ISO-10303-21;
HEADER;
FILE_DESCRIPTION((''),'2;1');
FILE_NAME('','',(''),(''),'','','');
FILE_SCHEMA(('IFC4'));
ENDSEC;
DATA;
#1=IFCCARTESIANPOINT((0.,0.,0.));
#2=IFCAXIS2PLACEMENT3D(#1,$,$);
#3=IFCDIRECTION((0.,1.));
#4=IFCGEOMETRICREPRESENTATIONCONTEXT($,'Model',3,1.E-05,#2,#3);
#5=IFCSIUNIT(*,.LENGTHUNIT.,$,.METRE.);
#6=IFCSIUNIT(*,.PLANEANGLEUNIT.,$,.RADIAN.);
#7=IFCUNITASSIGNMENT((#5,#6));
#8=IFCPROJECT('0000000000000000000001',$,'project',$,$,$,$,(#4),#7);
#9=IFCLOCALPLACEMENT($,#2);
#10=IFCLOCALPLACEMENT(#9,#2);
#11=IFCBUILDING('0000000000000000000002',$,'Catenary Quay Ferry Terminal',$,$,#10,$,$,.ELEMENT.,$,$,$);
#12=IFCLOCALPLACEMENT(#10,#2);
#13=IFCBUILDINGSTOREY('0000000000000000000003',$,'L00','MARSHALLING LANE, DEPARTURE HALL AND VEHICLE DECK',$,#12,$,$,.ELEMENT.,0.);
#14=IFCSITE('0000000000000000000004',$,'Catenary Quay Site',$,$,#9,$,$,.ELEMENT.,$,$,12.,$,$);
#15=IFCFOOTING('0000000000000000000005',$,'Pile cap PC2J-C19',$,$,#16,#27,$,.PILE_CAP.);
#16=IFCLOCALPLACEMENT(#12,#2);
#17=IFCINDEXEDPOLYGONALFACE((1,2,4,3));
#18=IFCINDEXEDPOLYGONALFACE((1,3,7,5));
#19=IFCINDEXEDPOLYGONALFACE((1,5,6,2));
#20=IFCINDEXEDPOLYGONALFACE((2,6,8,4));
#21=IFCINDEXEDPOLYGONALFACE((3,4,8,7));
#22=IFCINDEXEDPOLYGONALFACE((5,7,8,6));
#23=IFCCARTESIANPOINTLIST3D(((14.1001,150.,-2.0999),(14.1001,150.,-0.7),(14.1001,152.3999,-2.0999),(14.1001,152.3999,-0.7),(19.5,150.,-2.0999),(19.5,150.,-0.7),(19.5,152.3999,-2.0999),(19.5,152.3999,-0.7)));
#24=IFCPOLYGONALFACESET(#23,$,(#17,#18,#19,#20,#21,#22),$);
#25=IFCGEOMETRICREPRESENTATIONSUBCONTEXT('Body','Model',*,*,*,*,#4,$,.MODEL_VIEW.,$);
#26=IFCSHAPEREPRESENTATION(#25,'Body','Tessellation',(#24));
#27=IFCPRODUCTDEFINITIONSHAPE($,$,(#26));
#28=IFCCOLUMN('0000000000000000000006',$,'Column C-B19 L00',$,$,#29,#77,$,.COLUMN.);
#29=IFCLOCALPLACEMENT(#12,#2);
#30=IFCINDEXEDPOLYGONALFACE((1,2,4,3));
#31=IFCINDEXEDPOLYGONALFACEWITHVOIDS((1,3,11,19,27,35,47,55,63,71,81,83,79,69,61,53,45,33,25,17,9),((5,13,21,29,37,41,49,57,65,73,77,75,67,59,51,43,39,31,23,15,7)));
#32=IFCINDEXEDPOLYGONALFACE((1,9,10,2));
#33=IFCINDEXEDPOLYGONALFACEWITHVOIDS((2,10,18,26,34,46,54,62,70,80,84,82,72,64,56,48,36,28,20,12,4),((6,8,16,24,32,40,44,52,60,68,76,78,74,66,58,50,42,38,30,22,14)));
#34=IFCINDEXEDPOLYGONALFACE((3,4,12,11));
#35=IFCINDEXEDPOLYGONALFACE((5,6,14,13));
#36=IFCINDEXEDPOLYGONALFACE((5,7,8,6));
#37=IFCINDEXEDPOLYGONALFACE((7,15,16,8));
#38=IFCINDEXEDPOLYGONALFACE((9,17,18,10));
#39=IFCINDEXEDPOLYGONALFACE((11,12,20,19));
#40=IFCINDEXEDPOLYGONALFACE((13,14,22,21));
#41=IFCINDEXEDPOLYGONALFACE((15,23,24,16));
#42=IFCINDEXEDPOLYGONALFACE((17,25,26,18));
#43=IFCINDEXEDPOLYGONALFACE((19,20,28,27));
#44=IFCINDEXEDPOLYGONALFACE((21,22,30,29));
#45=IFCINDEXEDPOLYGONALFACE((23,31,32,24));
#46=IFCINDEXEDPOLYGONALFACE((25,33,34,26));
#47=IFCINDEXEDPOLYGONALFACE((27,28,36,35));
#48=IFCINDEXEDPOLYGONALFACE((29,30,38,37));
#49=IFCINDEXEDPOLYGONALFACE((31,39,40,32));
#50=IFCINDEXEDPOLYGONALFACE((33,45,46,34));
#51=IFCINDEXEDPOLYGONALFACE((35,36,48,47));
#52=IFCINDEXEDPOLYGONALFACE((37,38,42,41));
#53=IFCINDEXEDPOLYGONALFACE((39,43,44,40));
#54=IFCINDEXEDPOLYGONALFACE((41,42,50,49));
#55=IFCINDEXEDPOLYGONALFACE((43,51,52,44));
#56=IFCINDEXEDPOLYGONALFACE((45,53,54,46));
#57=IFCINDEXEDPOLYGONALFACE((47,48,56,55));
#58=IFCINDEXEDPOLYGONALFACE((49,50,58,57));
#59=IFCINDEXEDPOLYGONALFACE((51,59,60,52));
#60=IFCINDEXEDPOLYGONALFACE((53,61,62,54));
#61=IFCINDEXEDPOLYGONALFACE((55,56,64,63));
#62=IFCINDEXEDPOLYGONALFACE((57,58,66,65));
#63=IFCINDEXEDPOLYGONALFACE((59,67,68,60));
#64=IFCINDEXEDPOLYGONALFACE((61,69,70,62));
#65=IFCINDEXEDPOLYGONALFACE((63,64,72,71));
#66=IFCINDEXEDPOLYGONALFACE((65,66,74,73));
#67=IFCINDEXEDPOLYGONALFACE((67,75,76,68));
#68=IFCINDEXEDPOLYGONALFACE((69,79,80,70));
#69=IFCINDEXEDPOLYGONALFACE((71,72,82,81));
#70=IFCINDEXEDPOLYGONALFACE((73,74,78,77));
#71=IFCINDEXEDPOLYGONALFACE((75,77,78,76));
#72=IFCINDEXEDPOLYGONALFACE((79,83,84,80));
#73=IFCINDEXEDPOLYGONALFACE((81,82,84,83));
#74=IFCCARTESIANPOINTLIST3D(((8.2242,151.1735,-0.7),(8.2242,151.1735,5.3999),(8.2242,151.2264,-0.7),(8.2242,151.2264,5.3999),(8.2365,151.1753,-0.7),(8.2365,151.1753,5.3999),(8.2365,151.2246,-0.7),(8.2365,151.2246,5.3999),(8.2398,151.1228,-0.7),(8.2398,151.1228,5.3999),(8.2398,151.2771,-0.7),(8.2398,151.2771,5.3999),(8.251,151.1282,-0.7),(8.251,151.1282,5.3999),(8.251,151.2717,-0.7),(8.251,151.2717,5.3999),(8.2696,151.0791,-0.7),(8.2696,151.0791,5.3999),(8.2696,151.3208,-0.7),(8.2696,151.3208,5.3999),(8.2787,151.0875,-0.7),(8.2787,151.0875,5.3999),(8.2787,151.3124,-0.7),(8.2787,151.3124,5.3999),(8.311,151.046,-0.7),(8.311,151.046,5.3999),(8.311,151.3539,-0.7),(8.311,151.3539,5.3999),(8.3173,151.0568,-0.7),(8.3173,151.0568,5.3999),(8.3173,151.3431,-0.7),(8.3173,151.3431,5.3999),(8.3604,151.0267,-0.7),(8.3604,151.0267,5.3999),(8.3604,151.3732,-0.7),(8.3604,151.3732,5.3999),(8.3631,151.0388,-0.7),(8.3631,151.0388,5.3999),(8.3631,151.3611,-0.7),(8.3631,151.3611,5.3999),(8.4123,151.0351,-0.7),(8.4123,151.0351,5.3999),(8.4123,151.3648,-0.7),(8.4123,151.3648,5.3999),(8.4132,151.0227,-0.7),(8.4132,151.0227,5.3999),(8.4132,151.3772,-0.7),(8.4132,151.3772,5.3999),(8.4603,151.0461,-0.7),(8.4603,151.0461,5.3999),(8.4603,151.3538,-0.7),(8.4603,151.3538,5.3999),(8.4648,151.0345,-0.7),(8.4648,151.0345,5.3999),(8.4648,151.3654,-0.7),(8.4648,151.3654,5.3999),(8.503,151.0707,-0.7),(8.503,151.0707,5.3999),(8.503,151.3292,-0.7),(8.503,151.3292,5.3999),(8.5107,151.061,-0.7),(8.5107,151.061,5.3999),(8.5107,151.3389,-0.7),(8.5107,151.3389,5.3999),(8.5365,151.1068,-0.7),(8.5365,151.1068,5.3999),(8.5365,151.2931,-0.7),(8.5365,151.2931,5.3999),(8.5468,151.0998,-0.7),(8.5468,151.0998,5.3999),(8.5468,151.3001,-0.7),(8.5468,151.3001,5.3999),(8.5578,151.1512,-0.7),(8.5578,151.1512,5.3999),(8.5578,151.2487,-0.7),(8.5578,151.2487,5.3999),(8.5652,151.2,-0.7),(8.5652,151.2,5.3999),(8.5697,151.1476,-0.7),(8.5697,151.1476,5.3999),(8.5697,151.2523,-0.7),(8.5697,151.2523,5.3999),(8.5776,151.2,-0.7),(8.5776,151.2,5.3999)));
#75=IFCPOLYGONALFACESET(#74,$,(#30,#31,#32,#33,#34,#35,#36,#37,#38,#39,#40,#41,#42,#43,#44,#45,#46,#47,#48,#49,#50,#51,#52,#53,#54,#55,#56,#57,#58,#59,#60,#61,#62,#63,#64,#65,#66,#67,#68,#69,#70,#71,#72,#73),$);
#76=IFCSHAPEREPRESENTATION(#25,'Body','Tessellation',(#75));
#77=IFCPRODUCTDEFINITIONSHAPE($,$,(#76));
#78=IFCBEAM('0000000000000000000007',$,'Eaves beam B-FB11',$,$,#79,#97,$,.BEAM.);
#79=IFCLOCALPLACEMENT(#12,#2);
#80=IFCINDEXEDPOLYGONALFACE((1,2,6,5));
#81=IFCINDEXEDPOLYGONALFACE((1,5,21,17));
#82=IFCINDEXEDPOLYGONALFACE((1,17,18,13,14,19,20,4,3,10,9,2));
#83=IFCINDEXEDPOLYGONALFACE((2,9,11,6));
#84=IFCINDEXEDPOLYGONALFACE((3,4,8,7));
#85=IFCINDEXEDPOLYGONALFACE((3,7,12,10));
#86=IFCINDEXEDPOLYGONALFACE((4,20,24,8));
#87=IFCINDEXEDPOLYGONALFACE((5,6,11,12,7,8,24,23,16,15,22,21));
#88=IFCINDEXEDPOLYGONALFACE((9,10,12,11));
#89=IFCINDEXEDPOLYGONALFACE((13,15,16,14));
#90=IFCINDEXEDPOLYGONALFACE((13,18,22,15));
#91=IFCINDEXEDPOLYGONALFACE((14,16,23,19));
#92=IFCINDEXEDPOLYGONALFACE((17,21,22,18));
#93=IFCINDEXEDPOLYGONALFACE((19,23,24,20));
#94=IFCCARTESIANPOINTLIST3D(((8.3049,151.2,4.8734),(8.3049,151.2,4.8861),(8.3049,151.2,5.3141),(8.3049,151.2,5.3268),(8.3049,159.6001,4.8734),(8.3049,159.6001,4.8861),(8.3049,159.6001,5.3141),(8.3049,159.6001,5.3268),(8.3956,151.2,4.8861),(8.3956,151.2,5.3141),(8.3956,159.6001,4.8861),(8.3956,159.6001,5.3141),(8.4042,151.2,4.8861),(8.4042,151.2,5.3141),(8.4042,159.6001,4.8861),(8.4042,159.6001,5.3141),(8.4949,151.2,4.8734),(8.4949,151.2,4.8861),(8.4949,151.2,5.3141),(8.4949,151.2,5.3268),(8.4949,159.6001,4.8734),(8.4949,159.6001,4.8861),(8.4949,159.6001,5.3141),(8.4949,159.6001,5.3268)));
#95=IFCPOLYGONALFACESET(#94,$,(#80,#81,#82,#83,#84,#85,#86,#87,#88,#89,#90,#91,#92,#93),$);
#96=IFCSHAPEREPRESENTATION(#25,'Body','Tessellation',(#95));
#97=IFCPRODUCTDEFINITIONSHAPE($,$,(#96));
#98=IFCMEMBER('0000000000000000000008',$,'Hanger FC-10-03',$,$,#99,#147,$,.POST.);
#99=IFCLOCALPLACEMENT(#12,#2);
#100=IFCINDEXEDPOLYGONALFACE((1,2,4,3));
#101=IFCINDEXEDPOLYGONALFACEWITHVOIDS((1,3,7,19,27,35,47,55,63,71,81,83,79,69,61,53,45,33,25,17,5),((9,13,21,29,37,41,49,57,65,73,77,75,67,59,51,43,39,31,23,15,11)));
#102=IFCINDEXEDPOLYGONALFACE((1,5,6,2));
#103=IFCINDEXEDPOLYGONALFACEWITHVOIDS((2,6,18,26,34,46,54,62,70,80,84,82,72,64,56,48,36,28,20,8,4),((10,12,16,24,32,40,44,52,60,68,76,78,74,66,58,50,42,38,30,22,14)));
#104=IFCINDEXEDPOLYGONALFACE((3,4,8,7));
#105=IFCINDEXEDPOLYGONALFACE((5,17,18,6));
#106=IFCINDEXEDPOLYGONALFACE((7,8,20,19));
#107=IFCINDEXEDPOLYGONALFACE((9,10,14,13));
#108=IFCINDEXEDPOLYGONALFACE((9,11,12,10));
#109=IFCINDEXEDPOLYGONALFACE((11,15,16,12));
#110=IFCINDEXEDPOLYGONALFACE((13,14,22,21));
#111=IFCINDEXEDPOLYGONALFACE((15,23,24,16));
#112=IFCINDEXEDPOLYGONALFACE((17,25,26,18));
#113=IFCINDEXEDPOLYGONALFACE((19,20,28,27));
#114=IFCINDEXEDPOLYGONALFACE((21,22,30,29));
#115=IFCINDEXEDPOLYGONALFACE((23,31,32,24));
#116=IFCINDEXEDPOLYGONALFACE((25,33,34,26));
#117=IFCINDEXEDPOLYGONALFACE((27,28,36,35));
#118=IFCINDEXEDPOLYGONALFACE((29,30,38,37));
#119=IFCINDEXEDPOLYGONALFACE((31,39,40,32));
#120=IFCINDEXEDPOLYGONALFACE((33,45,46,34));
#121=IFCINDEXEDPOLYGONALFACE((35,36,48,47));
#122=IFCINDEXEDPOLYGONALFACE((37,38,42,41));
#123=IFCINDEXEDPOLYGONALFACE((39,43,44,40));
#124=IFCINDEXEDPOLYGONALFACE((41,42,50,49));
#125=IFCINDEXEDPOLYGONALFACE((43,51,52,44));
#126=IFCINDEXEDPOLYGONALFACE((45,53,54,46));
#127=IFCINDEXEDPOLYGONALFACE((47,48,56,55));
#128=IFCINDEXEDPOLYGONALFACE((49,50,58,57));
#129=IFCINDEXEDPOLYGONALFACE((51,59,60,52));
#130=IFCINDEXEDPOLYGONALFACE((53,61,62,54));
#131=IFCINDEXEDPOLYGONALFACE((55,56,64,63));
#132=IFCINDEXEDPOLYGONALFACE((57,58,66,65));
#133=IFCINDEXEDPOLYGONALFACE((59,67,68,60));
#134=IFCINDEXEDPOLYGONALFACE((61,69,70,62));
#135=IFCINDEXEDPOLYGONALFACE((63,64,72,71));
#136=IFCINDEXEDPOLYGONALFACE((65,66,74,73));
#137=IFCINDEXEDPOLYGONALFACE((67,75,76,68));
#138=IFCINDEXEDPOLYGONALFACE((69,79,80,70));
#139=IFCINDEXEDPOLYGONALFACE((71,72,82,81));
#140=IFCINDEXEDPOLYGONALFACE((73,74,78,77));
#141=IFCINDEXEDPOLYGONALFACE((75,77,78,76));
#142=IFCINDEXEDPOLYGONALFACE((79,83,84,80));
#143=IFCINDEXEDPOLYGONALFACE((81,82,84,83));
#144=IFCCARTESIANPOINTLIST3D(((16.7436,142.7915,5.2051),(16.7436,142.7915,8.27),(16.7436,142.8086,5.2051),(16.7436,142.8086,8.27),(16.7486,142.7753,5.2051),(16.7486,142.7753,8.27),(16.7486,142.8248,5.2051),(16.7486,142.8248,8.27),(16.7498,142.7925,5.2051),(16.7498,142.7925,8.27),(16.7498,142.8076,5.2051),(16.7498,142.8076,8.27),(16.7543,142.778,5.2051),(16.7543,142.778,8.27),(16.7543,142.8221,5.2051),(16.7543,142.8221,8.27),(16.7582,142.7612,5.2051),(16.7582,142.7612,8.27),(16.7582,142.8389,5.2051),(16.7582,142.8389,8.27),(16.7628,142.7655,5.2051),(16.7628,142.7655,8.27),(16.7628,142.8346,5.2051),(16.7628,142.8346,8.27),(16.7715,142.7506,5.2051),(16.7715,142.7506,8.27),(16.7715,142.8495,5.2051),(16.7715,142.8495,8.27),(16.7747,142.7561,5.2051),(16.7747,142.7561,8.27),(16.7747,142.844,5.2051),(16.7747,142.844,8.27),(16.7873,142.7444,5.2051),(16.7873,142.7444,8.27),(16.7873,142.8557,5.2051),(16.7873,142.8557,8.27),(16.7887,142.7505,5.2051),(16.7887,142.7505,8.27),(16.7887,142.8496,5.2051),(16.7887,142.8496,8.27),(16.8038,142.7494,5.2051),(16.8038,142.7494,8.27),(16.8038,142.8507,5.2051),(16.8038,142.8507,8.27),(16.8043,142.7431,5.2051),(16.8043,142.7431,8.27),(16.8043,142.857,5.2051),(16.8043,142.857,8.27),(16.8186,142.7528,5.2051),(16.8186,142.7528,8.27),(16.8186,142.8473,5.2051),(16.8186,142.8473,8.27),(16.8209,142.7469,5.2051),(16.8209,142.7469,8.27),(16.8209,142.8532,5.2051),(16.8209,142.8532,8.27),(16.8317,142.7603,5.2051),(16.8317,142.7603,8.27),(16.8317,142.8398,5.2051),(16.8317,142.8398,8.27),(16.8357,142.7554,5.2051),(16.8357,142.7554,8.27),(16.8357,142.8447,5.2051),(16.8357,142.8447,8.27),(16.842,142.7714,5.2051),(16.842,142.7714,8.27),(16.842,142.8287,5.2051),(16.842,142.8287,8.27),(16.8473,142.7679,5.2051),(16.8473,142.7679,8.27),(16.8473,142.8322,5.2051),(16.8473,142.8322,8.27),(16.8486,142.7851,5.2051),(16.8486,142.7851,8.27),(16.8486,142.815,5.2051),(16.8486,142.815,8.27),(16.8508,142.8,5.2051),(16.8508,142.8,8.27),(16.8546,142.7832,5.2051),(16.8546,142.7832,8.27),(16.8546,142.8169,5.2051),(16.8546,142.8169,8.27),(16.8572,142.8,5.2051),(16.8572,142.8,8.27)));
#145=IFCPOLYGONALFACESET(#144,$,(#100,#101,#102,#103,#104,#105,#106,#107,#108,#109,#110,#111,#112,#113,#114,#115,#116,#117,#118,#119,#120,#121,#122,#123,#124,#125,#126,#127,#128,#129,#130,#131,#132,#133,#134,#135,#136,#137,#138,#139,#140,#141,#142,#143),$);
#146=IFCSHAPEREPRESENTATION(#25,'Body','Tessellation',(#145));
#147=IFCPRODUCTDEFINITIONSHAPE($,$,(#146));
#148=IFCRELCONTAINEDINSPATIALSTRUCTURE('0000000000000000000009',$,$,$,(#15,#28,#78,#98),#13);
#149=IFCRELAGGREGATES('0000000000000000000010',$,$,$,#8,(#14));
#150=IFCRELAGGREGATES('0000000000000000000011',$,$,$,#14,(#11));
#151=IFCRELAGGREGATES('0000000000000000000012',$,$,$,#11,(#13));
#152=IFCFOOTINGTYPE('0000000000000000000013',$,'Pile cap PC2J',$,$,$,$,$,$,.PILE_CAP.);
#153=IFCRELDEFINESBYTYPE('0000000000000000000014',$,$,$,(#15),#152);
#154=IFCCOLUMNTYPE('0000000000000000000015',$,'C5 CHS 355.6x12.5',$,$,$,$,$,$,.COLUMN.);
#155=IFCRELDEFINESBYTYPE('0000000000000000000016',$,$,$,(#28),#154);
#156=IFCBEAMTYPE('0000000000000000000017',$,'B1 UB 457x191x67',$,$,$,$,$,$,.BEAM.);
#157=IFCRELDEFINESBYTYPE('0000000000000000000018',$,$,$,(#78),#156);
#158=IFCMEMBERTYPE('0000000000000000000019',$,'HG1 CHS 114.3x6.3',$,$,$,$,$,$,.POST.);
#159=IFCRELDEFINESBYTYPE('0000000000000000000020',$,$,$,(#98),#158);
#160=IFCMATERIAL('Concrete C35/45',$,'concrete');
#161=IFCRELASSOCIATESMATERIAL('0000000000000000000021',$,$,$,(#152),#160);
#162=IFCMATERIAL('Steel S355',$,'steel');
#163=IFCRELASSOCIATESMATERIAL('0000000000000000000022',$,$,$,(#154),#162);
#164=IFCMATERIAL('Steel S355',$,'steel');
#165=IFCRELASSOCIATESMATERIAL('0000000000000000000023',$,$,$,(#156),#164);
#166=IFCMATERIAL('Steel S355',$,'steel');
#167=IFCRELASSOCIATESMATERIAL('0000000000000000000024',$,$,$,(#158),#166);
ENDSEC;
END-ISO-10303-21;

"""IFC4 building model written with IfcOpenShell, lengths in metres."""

from ifc_helpers import new_model, si_unit, direction, frame, origin, origin_2d, place, context, subcontext, project, spatial, rectangle, hollow_circle, i_section, extrude, material, material_profile, profile_set, type_object, element, save


model = new_model("IFC4")

# Units and contexts
model_context = context("Model", 3, precision=1e-05, world=origin(), true_north=direction((0.0, 1.0)))
body_context = subcontext(model_context, "Body", "Model", "MODEL_VIEW")
ifc_project = project(units=[si_unit("LENGTHUNIT", "METRE"), si_unit("PLANEANGLEUNIT", "RADIAN")], contexts=[model_context])

# Site, building, storey
site_placement = place(None, origin())
site = spatial("IfcSite", under=ifc_project, at=site_placement, Name="Catenary Quay Site", CompositionType="ELEMENT", RefElevation=12.0)
building_placement = place(site_placement, origin())
building = spatial("IfcBuilding", under=site, at=building_placement, Name="Catenary Quay Ferry Terminal", CompositionType="ELEMENT")
storey_placement = place(building_placement, origin())
storey = spatial("IfcBuildingStorey", under=building, at=storey_placement, Name="L00", Description="MARSHALLING LANE, DEPARTURE HALL AND VEHICLE DECK", CompositionType="ELEMENT", Elevation=0.0)

# Footing
ifc_material_1 = material(Name="Concrete C35/45", Category="concrete")
footing_type_1 = type_object("IfcFootingType", Name="Pile cap PC2J", PredefinedType="PILE_CAP", material=ifc_material_1)
for number, where, z_axis, x_axis, name in (
    (1, (16.8, 151.2, -2.0999), (0.0, 0.0, 1.0), (1.0, 0.0, 0.0), "Pile cap PC2J-C19"),
):
    element("IfcFooting", number, at=place(storey_placement, frame(where, z_axis=z_axis, x_axis=x_axis)), inside=storey, type_object=footing_type_1, Name=name, PredefinedType="PILE_CAP", context=body_context, shape_type="SweptSolid", body=[
        extrude(rectangle(XDim=5.3999, YDim=2.3999, at=origin_2d()), origin(), (0.0, 0.0, 1.0), 1.3999),
    ])

# Column
ifc_material_2 = material(Name="Steel S355", Category="steel")
ifc_material_profile_1 = material_profile(ifc_material_2, hollow_circle(Radius=0.1777, WallThickness=0.0125, at=origin_2d()), Name="CHS 355.6x12.5")
ifc_profile_set_1 = profile_set([ifc_material_profile_1], Name="Steel S355")
column_type = type_object("IfcColumnType", Name="C5 CHS 355.6x12.5", PredefinedType="COLUMN", material=ifc_profile_set_1)
column_placement = place(storey_placement, frame((8.3999, 151.2, -0.7), z_axis=(0.0, 0.0, 1.0), x_axis=(1.0, 0.0, 0.0)))
element("IfcColumn", 2, at=column_placement, inside=storey, type_object=column_type, Name="Column C-B19 L00", PredefinedType="COLUMN", context=body_context, shape_type="SweptSolid", body=[
    extrude(hollow_circle(Radius=0.1777, WallThickness=0.0125, at=origin_2d()), origin(), (0.0, 0.0, 1.0), 6.0999),
])

# Beam
ifc_material_3 = material(Name="Steel S355", Category="steel")
ifc_material_profile_2 = material_profile(ifc_material_3, i_section(OverallWidth=0.1899, OverallDepth=0.4534, WebThickness=0.0085, FlangeThickness=0.0127, at=origin_2d()), Name="UB 457x191x67")
ifc_profile_set_2 = profile_set([ifc_material_profile_2], Name="Steel S355")
beam_type_1 = type_object("IfcBeamType", Name="B1 UB 457x191x67", PredefinedType="BEAM", material=ifc_profile_set_2)
beam_1_placement = place(storey_placement, frame((8.3999, 151.2, 5.1001), z_axis=(0.0, 1.0, 0.0), x_axis=(-1.0, 0.0, 0.0)))
element("IfcBeam", 3, at=beam_1_placement, inside=storey, type_object=beam_type_1, Name="Eaves beam B-FB11", PredefinedType="BEAM", context=body_context, shape_type="SweptSolid", body=[
    extrude(i_section(OverallWidth=0.1899, OverallDepth=0.4534, WebThickness=0.0085, FlangeThickness=0.0127, at=origin_2d()), origin(), (0.0, 0.0, 1.0), 8.4001),
])

# Member
ifc_material_4 = material(Name="Steel S355", Category="steel")
ifc_material_profile_3 = material_profile(ifc_material_4, hollow_circle(Radius=0.0571, WallThickness=0.0063, at=origin_2d()), Name="CHS 114.3x6.3")
ifc_profile_set_3 = profile_set([ifc_material_profile_3], Name="Steel S355")
member_type_1 = type_object("IfcMemberType", Name="HG1 CHS 114.3x6.3", PredefinedType="POST", material=ifc_profile_set_3)
member_1_placement = place(storey_placement, frame((16.8, 142.8, 5.2051), z_axis=(0.0, 0.0, 1.0), x_axis=(1.0, 0.0, 0.0)))
element("IfcMember", 4, at=member_1_placement, inside=storey, type_object=member_type_1, Name="Hanger FC-10-03", PredefinedType="POST", context=body_context, shape_type="SweptSolid", body=[
    extrude(hollow_circle(Radius=0.0571, WallThickness=0.0063, at=origin_2d()), origin(), (0.0, 0.0, 1.0), 3.0649),
])

save(model, "model.ifc")
